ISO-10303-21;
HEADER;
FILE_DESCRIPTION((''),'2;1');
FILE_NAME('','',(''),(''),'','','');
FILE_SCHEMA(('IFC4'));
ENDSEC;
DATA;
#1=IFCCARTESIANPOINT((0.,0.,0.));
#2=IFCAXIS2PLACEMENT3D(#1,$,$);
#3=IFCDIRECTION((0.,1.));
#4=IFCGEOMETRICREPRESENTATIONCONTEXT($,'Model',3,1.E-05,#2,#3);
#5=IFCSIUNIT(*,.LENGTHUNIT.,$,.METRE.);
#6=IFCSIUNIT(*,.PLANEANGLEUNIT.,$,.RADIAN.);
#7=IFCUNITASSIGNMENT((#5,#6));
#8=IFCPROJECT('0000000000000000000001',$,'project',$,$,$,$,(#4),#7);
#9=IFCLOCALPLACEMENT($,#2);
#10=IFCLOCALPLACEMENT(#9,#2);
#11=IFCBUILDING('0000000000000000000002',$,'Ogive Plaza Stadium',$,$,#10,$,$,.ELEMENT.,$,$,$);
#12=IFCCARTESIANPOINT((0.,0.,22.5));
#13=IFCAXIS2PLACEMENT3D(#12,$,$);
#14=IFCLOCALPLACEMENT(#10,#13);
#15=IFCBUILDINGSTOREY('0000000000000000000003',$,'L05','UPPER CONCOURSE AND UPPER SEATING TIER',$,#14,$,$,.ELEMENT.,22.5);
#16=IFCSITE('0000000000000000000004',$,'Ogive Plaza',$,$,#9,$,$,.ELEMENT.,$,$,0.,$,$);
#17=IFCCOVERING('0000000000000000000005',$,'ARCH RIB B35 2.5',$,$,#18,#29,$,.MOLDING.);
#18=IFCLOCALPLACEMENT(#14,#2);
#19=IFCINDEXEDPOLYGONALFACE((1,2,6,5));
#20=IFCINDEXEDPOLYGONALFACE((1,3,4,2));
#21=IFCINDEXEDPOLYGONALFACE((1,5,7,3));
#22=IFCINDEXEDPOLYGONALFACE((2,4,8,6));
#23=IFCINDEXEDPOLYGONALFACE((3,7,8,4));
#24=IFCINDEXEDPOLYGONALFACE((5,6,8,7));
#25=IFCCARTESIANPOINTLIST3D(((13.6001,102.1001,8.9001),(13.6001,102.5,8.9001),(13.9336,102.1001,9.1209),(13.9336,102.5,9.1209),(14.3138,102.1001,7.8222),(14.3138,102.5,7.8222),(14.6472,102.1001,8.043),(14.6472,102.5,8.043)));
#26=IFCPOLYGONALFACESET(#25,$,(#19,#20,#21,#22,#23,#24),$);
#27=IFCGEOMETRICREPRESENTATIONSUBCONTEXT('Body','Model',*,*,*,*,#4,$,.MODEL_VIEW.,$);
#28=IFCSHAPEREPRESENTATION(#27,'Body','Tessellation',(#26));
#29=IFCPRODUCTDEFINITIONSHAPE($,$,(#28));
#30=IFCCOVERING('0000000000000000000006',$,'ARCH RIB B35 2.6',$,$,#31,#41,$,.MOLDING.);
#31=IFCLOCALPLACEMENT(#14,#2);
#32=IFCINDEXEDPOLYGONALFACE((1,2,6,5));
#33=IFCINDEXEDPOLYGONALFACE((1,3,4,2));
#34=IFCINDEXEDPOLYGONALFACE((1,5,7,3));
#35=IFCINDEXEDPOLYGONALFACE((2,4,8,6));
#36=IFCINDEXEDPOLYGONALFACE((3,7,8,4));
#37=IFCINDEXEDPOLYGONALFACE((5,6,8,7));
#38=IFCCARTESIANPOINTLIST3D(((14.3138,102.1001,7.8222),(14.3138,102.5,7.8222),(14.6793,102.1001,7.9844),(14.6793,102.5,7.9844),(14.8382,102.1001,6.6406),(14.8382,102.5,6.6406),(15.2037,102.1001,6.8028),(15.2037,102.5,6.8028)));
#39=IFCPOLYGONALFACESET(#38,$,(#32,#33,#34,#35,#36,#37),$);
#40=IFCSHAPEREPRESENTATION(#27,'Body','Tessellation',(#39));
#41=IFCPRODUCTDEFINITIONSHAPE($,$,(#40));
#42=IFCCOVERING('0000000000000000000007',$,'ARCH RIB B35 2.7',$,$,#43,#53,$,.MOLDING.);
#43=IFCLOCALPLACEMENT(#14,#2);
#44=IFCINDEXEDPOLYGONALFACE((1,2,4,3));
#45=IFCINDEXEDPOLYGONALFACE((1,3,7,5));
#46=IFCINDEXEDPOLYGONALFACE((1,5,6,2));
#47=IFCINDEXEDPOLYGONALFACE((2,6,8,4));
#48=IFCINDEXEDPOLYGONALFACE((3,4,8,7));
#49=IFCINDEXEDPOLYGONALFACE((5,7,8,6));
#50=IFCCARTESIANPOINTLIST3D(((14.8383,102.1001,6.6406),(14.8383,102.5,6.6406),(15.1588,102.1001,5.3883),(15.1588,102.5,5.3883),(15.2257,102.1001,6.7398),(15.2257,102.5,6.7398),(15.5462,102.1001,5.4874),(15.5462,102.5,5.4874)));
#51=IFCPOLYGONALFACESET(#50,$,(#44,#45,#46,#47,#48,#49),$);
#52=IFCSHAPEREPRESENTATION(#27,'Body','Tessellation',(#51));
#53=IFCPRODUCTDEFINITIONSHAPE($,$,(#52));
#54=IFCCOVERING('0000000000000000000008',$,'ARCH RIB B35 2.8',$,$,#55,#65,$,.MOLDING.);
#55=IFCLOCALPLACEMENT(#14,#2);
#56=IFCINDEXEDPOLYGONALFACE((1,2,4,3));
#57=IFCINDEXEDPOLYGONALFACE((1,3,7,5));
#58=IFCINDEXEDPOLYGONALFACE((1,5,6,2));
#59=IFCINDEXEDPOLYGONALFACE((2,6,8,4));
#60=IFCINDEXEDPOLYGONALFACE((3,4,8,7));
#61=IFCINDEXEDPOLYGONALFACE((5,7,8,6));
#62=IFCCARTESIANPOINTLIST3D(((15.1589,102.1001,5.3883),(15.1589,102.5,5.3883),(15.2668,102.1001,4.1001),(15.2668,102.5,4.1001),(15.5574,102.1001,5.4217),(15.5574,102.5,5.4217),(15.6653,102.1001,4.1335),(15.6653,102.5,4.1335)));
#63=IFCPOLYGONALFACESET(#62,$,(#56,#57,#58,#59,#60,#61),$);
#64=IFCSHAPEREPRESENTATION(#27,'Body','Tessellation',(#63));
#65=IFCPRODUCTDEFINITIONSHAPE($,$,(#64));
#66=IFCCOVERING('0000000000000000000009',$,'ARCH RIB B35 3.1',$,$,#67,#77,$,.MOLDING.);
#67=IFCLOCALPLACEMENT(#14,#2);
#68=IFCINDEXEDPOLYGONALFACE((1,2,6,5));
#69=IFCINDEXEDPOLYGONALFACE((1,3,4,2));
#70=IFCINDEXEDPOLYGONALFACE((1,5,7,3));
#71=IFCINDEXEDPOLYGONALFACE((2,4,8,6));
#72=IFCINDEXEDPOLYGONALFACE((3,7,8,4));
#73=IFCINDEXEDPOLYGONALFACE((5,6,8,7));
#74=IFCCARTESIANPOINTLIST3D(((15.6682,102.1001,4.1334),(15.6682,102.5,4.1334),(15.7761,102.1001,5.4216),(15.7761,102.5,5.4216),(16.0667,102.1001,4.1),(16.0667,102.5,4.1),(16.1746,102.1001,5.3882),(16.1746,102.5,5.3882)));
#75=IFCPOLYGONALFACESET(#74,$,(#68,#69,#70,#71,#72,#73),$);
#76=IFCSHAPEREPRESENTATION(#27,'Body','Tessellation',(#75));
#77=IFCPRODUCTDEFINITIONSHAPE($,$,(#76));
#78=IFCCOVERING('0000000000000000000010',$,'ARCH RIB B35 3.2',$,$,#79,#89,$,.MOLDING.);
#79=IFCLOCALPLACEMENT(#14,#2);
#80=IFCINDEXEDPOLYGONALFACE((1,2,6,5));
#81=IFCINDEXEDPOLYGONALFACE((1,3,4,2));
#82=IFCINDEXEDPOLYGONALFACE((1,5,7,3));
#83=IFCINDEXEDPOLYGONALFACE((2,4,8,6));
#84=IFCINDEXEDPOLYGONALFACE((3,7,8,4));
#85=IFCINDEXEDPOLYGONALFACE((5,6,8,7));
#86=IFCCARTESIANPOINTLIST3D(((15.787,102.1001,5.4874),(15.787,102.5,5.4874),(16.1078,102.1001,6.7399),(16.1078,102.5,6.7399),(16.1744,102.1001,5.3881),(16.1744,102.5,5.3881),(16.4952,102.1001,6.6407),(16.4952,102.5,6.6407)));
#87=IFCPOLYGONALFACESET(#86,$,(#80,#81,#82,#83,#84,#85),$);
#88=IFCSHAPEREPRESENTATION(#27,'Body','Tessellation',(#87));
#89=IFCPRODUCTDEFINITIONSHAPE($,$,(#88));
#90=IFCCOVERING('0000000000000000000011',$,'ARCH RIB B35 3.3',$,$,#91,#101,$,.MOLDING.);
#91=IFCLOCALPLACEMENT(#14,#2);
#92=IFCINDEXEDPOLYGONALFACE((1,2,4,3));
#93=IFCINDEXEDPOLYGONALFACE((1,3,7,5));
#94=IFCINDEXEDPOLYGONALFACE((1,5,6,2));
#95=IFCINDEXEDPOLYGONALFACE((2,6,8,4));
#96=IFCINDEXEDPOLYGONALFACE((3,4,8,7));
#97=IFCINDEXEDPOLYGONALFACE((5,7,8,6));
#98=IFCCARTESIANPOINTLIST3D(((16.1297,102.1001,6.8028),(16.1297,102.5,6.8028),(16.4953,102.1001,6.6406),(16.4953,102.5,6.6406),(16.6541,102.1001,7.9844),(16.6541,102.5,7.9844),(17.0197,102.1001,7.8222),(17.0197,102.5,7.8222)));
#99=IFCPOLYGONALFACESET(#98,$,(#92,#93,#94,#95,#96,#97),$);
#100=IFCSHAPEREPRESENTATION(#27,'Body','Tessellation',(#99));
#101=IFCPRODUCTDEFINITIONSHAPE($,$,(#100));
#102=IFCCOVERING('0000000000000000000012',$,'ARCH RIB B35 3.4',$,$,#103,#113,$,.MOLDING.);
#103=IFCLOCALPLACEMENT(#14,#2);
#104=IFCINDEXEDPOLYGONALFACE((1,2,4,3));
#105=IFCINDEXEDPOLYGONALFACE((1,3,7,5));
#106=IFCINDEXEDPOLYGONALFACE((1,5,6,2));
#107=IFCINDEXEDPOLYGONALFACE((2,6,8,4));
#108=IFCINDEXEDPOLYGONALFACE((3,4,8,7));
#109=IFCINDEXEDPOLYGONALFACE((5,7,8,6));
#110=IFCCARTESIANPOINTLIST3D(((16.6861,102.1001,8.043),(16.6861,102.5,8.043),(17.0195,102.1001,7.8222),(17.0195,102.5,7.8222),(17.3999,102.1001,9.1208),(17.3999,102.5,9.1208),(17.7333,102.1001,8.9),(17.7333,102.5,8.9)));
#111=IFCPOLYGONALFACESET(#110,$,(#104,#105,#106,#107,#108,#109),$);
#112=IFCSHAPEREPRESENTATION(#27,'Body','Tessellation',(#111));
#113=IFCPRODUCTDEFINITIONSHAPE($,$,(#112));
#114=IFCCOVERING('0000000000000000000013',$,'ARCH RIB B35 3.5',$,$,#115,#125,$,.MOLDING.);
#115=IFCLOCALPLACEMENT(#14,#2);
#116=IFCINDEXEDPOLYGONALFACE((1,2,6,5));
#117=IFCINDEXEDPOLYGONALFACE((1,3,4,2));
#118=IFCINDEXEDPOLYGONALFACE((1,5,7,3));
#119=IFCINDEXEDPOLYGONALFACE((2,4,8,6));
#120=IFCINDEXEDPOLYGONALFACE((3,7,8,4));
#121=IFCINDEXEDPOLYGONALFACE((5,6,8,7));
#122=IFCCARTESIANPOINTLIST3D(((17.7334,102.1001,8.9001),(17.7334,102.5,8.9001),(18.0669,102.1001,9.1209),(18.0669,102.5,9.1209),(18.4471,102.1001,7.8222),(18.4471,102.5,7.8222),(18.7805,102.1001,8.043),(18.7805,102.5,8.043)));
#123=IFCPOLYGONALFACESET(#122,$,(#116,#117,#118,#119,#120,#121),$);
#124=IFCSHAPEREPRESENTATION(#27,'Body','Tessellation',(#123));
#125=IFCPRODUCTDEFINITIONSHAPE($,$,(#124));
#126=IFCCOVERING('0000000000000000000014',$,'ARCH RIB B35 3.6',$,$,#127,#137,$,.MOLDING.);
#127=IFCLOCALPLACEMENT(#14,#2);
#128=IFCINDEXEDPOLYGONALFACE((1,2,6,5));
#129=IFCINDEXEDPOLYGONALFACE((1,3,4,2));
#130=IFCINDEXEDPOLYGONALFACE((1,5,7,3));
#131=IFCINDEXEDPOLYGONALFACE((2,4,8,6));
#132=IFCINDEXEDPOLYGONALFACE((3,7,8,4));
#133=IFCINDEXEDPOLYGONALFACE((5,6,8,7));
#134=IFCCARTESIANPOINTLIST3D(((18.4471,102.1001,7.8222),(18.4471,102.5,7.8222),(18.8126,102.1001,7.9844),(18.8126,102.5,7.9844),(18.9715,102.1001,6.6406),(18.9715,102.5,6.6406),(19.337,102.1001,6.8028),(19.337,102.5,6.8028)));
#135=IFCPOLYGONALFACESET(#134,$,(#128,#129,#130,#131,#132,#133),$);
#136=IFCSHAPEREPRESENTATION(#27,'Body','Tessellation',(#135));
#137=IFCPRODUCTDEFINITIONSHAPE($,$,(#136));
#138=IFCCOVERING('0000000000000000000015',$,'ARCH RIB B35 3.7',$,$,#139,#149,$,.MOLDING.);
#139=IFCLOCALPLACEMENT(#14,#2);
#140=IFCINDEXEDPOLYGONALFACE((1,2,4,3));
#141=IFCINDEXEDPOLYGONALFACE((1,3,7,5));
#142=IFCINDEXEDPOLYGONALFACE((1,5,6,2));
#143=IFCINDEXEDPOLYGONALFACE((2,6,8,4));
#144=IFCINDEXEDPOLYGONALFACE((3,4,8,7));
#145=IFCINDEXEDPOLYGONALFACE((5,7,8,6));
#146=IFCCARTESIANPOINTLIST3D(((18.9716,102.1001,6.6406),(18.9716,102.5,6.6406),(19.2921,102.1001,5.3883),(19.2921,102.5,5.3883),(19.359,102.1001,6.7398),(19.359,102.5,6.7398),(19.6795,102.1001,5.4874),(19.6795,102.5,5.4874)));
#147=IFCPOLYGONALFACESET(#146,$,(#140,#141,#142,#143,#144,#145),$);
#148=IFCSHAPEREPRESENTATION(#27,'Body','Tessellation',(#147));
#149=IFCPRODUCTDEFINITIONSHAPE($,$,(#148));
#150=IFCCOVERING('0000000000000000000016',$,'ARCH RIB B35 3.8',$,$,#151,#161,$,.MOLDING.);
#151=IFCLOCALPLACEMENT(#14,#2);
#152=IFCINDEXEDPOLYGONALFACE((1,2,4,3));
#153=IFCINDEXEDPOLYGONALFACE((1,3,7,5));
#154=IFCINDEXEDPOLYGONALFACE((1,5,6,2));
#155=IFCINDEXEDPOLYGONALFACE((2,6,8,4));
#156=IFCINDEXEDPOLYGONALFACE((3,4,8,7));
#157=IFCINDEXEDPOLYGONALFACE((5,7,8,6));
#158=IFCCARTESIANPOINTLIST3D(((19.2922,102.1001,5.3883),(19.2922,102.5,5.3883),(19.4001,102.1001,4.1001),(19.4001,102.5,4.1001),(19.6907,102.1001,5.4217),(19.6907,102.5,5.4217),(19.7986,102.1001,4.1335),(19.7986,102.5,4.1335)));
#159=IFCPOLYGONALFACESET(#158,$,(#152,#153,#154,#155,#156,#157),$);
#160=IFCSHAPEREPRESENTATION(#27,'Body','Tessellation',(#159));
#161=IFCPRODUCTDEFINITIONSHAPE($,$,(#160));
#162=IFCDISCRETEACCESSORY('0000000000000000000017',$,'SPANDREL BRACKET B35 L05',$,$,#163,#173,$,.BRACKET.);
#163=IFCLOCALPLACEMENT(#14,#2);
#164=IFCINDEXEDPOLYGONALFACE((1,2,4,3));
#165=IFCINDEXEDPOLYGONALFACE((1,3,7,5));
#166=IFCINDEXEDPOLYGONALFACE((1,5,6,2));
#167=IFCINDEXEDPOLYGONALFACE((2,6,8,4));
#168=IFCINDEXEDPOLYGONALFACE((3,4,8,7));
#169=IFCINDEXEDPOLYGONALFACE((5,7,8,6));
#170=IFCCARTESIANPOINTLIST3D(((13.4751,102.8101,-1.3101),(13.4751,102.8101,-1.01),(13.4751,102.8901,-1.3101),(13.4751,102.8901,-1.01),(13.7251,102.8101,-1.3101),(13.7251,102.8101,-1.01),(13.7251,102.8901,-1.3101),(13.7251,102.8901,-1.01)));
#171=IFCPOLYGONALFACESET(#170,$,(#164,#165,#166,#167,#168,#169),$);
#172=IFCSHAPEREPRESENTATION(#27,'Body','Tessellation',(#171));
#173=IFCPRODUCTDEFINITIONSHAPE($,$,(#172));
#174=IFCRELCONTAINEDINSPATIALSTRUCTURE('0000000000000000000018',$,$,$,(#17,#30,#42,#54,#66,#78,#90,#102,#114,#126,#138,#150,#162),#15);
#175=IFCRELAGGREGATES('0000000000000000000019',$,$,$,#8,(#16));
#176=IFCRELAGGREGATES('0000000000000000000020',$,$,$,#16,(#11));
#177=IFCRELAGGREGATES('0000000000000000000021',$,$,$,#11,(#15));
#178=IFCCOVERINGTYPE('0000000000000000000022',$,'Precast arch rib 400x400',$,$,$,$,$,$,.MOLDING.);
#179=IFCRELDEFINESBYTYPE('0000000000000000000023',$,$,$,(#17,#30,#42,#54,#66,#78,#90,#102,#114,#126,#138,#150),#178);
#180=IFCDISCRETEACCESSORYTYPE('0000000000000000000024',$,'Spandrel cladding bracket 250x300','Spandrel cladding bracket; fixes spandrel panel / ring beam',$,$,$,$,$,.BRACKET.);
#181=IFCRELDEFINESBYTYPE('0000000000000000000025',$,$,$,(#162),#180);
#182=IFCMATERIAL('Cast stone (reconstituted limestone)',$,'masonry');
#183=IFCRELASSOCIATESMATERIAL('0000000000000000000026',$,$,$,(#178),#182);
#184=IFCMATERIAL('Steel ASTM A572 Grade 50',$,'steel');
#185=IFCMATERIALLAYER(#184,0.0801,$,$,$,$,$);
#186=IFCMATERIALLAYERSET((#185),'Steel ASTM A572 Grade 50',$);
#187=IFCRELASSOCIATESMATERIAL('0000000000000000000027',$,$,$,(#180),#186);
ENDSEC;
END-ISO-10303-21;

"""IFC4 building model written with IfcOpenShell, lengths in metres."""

from ifc_helpers import new_model, si_unit, direction, frame, origin, origin_2d, place, context, subcontext, project, spatial, rectangle, extrude, material, layer, layer_set, material_profile, profile_set, type_object, element, save


model = new_model("IFC4")

# Units and contexts
model_context = context("Model", 3, precision=1e-05, world=origin(), true_north=direction((0.0, 1.0)))
body_context = subcontext(model_context, "Body", "Model", "MODEL_VIEW")
ifc_project = project(units=[si_unit("LENGTHUNIT", "METRE"), si_unit("PLANEANGLEUNIT", "RADIAN")], contexts=[model_context])

# Site, building, storey
site_placement = place(None, origin())
site = spatial("IfcSite", under=ifc_project, at=site_placement, Name="Ogive Plaza", CompositionType="ELEMENT", RefElevation=0.0)
building_placement = place(site_placement, origin())
building = spatial("IfcBuilding", under=site, at=building_placement, Name="Ogive Plaza Stadium", CompositionType="ELEMENT")
storey_placement = place(building_placement, frame((0.0, 0.0, 22.5)))
storey = spatial("IfcBuildingStorey", under=building, at=storey_placement, Name="L05", Description="UPPER CONCOURSE AND UPPER SEATING TIER", CompositionType="ELEMENT", Elevation=22.5)

# Coverings
ifc_material_1 = material(Name="Cast stone (reconstituted limestone)", Category="masonry")
ifc_material_profile_1 = material_profile(ifc_material_1, rectangle(XDim=0.3999, YDim=0.3999, at=origin_2d()), Name="Cast stone 400x400")
ifc_profile_set_1 = profile_set([ifc_material_profile_1], Name="Cast stone (reconstituted limestone)")
covering_type = type_object("IfcCoveringType", Name="Precast arch rib 400x400", PredefinedType="MOLDING", material=ifc_profile_set_1)
for number, where, z_axis, x_axis, name in (
    (1, (13.7668, 102.3, 9.0105), (0.552039, 0.0, -0.833818), (0.0, 1.0, 0.0), "ARCH RIB B35 2.5"),
    (2, (14.4966, 102.3, 7.9033), (0.405648, 0.0, -0.914029), (0.0, 1.0, 0.0), "ARCH RIB B35 2.6"),
    (3, (15.032, 102.3, 6.6902), (0.247953, 0.0, -0.968772), (0.0, 1.0, 0.0), "ARCH RIB B35 2.7"),
    (4, (15.3582, 102.3, 5.405), (0.083467, 0.0, -0.996511), (0.0, 1.0, 0.0), "ARCH RIB B35 2.8"),
    (5, (15.8674, 102.3, 4.1167), (0.083467, 0.0, 0.996511), (0.0, 1.0, 0.0), "ARCH RIB B35 3.1"),
):
    element("IfcCovering", number, at=place(storey_placement, frame(where, z_axis=z_axis, x_axis=x_axis)), inside=storey, type_object=covering_type, Name=name, PredefinedType="MOLDING", context=body_context, shape_type="SweptSolid", body=[
        extrude(rectangle(XDim=0.3999, YDim=0.3999, at=origin_2d()), origin(), (0.0, 0.0, 1.0), 1.2927),
    ])
covering_placement = place(storey_placement, frame((15.9807, 102.3, 5.4377), z_axis=(0.24813, 0.0, 0.968727), x_axis=(0.0, 1.0, 0.0)))
element("IfcCovering", 6, at=covering_placement, inside=storey, type_object=covering_type, Name="ARCH RIB B35 3.2", PredefinedType="MOLDING", context=body_context, shape_type="SweptSolid", body=[
    extrude(rectangle(XDim=0.3999, YDim=0.3999, at=origin_2d()), origin(), (0.0, 0.0, 1.0), 1.293),
])
for number, where, z_axis, x_axis, name in (
    (7, (16.3125, 102.3, 6.7217), (0.405648, 0.0, 0.914029), (0.0, 1.0, 0.0), "ARCH RIB B35 3.3"),
    (8, (16.8528, 102.3, 7.9326), (0.55217, 0.0, 0.833731), (0.0, 1.0, 0.0), "ARCH RIB B35 3.4"),
    (9, (17.9001, 102.3, 9.0105), (0.552039, 0.0, -0.833818), (0.0, 1.0, 0.0), "ARCH RIB B35 3.5"),
    (10, (18.6299, 102.3, 7.9033), (0.405648, 0.0, -0.914029), (0.0, 1.0, 0.0), "ARCH RIB B35 3.6"),
    (11, (19.1653, 102.3, 6.6902), (0.247953, 0.0, -0.968772), (0.0, 1.0, 0.0), "ARCH RIB B35 3.7"),
    (12, (19.4915, 102.3, 5.405), (0.083467, 0.0, -0.996511), (0.0, 1.0, 0.0), "ARCH RIB B35 3.8"),
):
    element("IfcCovering", number, at=place(storey_placement, frame(where, z_axis=z_axis, x_axis=x_axis)), inside=storey, type_object=covering_type, Name=name, PredefinedType="MOLDING", context=body_context, shape_type="SweptSolid", body=[
        extrude(rectangle(XDim=0.3999, YDim=0.3999, at=origin_2d()), origin(), (0.0, 0.0, 1.0), 1.2927),
    ])

# Discrete accessory
ifc_material_2 = material(Name="Steel ASTM A572 Grade 50", Category="steel")
ifc_layer_1 = layer(ifc_material_2, 0.0801)
ifc_layer_set_1 = layer_set([ifc_layer_1], Name="Steel ASTM A572 Grade 50")
discrete_accessory_type = type_object("IfcDiscreteAccessoryType", Name="Spandrel cladding bracket 250x300", Description="Spandrel cladding bracket; fixes spandrel panel / ring beam", PredefinedType="BRACKET", material=ifc_layer_set_1)
discrete_accessory_placement = place(storey_placement, frame((13.6001, 102.8501, -1.3101), z_axis=(0.0, 0.0, 1.0), x_axis=(1.0, 0.0, 0.0)))
element("IfcDiscreteAccessory", 13, at=discrete_accessory_placement, inside=storey, type_object=discrete_accessory_type, Name="SPANDREL BRACKET B35 L05", PredefinedType="BRACKET", context=body_context, shape_type="SweptSolid", body=[
    extrude(rectangle(XDim=0.25, YDim=0.0801, at=origin_2d()), origin(), (0.0, 0.0, 1.0), 0.3),
])

save(model, "model.ifc")
